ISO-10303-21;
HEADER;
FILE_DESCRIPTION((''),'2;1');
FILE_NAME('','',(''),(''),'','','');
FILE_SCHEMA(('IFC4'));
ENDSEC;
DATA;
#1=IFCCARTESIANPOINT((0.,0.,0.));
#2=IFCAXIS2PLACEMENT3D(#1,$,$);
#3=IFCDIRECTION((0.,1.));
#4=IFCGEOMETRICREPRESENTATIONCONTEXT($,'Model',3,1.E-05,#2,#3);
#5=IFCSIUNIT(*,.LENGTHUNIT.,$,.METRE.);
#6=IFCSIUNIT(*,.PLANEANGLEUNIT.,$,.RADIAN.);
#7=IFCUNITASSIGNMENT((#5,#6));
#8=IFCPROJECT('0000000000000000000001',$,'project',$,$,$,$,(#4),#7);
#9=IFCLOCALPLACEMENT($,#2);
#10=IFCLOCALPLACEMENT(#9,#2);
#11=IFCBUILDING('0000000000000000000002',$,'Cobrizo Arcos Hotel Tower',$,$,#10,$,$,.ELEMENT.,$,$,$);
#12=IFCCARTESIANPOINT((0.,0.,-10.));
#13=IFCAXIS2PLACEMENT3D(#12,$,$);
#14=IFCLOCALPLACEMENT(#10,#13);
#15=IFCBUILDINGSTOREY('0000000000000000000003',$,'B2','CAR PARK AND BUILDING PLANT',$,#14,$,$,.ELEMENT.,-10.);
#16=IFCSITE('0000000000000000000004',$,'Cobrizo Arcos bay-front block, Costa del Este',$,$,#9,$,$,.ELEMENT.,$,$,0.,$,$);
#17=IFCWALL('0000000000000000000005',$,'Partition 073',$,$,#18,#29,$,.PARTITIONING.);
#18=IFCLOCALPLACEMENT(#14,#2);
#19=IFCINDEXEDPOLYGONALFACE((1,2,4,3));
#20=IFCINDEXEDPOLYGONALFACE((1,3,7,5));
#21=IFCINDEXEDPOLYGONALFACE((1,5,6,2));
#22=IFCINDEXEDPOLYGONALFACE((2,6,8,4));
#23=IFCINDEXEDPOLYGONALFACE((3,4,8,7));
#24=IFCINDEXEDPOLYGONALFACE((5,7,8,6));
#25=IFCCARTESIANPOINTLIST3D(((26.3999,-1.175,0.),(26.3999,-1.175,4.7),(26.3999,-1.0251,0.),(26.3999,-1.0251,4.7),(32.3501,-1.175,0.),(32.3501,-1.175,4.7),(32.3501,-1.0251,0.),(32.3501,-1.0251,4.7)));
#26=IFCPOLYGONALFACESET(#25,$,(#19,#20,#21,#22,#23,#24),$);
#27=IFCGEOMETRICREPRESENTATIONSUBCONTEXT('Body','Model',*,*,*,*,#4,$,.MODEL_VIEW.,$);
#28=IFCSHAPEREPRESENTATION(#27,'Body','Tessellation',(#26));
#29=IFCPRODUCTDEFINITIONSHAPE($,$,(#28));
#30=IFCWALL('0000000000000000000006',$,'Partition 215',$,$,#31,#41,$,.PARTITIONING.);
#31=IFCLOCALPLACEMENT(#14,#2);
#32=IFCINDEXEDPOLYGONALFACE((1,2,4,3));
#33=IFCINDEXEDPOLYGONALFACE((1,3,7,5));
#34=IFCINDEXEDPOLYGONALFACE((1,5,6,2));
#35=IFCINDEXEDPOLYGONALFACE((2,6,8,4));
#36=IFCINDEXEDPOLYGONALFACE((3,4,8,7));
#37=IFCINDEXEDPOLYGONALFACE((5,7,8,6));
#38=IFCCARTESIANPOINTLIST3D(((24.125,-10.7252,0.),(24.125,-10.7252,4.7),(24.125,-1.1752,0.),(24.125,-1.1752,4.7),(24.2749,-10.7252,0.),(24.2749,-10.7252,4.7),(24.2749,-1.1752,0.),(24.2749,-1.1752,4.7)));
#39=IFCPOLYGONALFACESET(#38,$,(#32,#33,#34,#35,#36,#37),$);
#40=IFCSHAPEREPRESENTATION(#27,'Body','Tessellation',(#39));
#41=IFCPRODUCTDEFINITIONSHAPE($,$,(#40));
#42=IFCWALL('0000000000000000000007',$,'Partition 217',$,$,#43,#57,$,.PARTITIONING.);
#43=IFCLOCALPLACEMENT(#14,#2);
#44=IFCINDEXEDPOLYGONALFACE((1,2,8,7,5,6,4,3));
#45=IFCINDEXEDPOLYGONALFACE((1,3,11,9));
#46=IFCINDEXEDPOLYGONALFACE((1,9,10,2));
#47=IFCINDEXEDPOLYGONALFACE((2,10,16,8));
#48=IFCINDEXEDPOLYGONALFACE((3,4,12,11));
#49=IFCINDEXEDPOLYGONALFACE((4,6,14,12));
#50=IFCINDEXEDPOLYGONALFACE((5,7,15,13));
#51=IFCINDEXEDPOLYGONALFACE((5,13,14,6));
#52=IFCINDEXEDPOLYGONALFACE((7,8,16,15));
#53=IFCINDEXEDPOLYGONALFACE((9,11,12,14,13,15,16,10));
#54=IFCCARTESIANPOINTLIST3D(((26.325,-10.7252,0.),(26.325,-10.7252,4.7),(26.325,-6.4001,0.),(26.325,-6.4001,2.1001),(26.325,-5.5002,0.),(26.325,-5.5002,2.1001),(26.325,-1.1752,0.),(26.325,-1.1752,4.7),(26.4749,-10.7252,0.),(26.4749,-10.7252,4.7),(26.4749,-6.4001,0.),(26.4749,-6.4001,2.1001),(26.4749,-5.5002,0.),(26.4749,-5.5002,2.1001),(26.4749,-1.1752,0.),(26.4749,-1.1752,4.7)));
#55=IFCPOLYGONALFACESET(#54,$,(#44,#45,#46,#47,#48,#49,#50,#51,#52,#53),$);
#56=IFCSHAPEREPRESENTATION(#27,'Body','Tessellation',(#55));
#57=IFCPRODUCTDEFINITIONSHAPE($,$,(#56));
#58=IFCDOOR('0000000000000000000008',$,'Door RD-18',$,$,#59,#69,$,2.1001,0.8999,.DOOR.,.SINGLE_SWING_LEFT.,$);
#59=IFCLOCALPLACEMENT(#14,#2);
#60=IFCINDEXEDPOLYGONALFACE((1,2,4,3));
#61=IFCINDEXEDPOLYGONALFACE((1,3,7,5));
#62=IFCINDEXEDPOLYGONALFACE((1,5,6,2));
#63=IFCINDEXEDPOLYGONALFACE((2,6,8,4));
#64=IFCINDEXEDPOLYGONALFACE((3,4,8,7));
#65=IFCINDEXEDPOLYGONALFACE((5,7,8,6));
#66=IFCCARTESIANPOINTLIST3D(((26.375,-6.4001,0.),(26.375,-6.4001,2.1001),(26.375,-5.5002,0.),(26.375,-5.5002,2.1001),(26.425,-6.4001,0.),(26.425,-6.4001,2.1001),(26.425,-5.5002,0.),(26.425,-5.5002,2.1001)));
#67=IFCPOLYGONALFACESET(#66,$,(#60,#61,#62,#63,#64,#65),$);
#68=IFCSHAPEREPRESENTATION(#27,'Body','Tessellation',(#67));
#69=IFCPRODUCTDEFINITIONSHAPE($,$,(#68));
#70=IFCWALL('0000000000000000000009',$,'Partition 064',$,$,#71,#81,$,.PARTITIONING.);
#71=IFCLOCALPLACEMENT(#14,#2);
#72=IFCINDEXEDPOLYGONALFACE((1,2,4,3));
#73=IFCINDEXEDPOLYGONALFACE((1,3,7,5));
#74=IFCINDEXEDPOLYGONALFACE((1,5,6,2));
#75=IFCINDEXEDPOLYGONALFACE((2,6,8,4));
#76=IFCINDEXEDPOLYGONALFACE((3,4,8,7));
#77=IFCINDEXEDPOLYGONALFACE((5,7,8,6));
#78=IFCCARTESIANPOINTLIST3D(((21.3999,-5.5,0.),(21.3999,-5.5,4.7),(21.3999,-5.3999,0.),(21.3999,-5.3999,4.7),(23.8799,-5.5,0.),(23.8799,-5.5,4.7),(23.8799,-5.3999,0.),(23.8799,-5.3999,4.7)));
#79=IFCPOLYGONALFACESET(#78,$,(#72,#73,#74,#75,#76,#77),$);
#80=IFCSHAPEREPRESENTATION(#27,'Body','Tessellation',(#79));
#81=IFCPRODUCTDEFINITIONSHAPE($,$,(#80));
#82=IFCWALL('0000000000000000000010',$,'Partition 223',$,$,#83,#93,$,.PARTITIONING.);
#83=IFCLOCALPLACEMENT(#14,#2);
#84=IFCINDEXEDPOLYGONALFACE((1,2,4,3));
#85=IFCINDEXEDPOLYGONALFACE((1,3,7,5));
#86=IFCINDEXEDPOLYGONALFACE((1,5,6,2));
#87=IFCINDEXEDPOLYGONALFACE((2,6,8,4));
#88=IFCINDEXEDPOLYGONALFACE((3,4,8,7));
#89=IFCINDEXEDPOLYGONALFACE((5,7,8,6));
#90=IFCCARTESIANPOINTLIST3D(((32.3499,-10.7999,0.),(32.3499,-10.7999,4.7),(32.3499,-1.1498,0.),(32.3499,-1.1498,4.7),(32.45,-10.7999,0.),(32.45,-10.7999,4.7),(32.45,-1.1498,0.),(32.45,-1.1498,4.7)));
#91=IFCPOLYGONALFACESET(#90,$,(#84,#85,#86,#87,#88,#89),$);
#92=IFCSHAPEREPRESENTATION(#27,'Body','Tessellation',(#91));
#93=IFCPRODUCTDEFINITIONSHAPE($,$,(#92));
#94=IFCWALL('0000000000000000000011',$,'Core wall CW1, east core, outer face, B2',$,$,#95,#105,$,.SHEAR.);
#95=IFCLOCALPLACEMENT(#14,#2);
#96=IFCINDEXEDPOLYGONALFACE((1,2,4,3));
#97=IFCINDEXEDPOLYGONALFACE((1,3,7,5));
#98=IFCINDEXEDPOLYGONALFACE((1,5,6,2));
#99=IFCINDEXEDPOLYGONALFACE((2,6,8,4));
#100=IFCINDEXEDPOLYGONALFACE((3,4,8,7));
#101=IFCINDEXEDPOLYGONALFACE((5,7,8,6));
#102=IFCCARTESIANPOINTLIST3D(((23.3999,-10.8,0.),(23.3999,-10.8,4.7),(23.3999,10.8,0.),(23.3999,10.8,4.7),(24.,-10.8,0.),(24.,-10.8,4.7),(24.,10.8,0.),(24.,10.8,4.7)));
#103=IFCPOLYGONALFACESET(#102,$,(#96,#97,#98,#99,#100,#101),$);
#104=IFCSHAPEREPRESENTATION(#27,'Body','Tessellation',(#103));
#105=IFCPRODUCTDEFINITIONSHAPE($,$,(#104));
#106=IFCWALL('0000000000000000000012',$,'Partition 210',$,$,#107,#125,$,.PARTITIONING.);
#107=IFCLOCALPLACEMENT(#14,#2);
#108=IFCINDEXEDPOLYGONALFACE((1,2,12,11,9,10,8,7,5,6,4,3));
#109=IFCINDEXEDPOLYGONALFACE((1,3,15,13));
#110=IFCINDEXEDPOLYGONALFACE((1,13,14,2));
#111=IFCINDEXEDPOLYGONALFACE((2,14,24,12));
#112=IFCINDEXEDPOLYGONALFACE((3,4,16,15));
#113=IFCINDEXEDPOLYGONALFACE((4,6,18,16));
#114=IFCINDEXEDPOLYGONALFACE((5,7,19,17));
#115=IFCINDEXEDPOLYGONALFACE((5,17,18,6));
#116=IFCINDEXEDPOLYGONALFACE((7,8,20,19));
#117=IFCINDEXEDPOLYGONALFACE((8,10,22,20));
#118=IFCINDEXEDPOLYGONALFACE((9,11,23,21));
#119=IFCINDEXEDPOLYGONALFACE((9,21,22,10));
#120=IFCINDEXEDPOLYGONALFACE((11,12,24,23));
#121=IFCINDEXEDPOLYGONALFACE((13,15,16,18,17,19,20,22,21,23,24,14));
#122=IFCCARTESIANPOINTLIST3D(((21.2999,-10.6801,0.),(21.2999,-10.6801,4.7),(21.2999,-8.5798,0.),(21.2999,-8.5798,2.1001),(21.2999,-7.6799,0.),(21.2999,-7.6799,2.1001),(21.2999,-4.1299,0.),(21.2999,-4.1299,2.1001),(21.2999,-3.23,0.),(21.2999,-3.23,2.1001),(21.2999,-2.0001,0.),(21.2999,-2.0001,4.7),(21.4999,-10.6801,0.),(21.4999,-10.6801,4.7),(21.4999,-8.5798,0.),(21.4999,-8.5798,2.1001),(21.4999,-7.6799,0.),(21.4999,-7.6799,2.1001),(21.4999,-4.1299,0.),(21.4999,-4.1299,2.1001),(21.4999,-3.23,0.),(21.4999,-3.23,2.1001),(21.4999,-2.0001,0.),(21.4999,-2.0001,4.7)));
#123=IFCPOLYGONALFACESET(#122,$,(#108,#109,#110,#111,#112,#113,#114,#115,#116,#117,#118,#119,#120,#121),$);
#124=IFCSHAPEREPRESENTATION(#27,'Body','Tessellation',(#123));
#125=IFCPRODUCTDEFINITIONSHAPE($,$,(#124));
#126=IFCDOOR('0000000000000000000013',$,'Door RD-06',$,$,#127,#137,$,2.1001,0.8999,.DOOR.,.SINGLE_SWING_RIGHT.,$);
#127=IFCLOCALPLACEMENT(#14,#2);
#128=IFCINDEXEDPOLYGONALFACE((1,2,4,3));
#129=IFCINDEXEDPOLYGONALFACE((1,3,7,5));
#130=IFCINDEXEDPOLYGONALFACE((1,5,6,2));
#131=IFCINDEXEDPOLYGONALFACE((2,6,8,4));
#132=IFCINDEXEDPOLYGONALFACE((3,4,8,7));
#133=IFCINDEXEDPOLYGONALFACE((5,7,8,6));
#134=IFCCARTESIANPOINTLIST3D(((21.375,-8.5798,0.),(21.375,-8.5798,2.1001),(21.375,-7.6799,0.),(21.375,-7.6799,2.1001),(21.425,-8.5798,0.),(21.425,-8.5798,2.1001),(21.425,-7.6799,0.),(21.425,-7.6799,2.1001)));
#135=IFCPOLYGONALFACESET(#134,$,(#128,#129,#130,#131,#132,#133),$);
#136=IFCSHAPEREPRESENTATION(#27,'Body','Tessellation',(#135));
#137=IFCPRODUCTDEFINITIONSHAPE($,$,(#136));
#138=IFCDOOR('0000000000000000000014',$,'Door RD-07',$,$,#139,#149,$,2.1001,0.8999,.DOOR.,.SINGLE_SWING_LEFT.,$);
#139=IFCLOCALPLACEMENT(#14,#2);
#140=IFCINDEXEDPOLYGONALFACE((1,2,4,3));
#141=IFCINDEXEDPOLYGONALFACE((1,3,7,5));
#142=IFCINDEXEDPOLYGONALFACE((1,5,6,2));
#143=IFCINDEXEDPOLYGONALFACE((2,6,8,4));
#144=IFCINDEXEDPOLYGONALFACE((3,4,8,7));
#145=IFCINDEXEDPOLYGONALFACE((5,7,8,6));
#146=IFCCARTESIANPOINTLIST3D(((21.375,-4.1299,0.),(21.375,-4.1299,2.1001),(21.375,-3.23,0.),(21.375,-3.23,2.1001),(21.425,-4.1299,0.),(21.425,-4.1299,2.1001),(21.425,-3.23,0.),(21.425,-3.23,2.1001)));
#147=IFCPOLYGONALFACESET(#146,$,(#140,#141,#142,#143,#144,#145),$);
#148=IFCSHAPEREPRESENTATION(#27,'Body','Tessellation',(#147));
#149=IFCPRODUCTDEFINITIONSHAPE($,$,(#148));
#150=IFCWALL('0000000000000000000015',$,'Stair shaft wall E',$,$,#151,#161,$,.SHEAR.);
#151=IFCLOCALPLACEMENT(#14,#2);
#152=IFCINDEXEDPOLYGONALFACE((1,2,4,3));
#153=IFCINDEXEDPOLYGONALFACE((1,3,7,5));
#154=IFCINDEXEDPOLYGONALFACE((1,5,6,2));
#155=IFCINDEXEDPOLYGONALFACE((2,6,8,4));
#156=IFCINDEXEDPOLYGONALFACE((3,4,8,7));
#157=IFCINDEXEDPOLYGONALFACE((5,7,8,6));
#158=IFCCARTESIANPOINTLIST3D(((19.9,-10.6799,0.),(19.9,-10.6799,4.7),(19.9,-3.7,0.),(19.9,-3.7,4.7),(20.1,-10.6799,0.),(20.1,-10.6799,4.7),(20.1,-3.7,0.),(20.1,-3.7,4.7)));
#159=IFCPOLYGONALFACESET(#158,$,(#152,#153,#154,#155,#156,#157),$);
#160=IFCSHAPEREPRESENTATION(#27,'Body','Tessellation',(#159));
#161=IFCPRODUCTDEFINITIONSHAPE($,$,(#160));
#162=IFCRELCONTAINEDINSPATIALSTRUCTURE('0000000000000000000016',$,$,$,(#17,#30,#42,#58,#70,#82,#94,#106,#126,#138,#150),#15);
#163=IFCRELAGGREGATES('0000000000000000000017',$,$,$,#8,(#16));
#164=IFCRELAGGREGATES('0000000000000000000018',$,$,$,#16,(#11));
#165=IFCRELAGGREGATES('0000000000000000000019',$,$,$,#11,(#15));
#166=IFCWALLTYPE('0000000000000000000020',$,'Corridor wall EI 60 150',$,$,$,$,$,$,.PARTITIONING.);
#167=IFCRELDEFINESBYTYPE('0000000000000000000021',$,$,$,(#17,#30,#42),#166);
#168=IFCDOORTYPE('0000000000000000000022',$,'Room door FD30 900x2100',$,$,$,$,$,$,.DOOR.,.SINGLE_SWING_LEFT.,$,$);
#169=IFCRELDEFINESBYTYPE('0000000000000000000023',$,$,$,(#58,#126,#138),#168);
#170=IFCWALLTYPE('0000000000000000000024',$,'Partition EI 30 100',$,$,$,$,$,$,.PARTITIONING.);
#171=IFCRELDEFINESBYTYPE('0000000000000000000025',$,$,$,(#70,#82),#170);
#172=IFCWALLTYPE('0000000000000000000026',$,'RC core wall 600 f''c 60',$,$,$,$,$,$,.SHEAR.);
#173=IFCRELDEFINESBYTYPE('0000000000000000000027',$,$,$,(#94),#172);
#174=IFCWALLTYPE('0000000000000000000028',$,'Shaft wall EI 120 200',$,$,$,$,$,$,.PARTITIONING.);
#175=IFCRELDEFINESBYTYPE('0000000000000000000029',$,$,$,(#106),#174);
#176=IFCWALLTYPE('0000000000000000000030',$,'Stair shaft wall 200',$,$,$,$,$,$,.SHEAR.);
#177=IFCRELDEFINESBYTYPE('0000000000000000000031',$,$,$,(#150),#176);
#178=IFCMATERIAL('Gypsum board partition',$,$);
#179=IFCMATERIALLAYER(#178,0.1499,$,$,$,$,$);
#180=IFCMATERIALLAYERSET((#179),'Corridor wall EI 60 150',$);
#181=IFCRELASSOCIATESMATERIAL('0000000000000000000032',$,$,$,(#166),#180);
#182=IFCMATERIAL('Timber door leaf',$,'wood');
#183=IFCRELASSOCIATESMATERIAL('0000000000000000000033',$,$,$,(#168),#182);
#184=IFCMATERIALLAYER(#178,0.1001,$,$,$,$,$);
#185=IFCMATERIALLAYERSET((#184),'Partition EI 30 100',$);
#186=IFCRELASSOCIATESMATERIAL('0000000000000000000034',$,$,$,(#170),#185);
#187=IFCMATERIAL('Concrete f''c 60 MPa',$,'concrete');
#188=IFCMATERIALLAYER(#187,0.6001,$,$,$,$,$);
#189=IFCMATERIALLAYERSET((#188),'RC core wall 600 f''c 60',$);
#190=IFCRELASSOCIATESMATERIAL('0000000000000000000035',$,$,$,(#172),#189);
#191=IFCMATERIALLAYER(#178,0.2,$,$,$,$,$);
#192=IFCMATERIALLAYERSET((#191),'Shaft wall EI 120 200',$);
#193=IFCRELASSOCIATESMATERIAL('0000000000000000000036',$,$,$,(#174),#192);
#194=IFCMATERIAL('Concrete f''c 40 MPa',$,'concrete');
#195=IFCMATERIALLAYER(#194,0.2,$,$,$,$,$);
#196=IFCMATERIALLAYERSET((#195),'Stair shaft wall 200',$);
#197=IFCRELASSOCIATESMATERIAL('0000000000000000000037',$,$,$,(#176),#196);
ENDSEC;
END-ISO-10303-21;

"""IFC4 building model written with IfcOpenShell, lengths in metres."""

from ifc_helpers import new_model, si_unit, direction, frame, frame_2d, origin, place, context, subcontext, project, spatial, rectangle, extrude, material, layer, layer_set, type_object, element, fill, save


model = new_model("IFC4")

# Units and contexts
model_context = context("Model", 3, precision=1e-05, world=origin(), true_north=direction((0.0, 1.0)))
body_context = subcontext(model_context, "Body", "Model", "MODEL_VIEW")
ifc_project = project(units=[si_unit("LENGTHUNIT", "METRE"), si_unit("PLANEANGLEUNIT", "RADIAN")], contexts=[model_context])

# Site, building, storey
site_placement = place(None, origin())
site = spatial("IfcSite", under=ifc_project, at=site_placement, Name="Cobrizo Arcos bay-front block, Costa del Este", CompositionType="ELEMENT", RefElevation=0.0)
building_placement = place(site_placement, origin())
building = spatial("IfcBuilding", under=site, at=building_placement, Name="Cobrizo Arcos Hotel Tower", CompositionType="ELEMENT")
storey_placement = place(building_placement, frame((0.0, 0.0, -10.0)))
storey = spatial("IfcBuildingStorey", under=building, at=storey_placement, Name="B2", Description="CAR PARK AND BUILDING PLANT", CompositionType="ELEMENT", Elevation=-10.0)

# Shared definitions
ifc_material_1 = material(Name="Concrete f'c 40 MPa", Category="concrete")

# Walls
ifc_material_2 = material(Name="Gypsum board partition")
ifc_layer_1 = layer(ifc_material_2, 0.1499)
ifc_layer_set_1 = layer_set([ifc_layer_1], Name="Corridor wall EI 60 150")
wall_type_1 = type_object("IfcWallType", Name="Corridor wall EI 60 150", PredefinedType="PARTITIONING", material=ifc_layer_set_1)
for number, where, z_axis, x_axis, name in (
    (1, (26.3999, -1.1001, 0.0), (0.0, 0.0, 1.0), (1.0, 0.0, 0.0), "Partition 073"),
):
    element("IfcWall", number, at=place(storey_placement, frame(where, z_axis=z_axis, x_axis=x_axis)), inside=storey, type_object=wall_type_1, Name=name, PredefinedType="PARTITIONING", context=body_context, shape_type="SweptSolid", body=[
        extrude(rectangle(XDim=5.9502, YDim=0.1499, at=frame_2d((2.9751, 0.0))), origin(), (0.0, 0.0, 1.0), 4.7),
    ])
wall_1_placement = place(storey_placement, frame((24.2, -10.7251, 0.0), z_axis=(0.0, 0.0, 1.0), x_axis=(0.0, 1.0, 0.0)))
element("IfcWall", 2, at=wall_1_placement, inside=storey, type_object=wall_type_1, Name="Partition 215", PredefinedType="PARTITIONING", context=body_context, shape_type="SweptSolid", body=[
    extrude(rectangle(XDim=9.55, YDim=0.1499, at=frame_2d((4.7749, 0.0))), origin(), (0.0, 0.0, 1.0), 4.7),
])

# Wall, opening, door
wall_2_placement = place(storey_placement, frame((26.3999, -10.7251, 0.0), z_axis=(0.0, 0.0, 1.0), x_axis=(0.0, 1.0, 0.0)))
wall_2 = element("IfcWall", 3, at=wall_2_placement, inside=storey, type_object=wall_type_1, Name="Partition 217", PredefinedType="PARTITIONING", context=body_context, shape_type="SweptSolid", body=[
    extrude(rectangle(XDim=9.55, YDim=0.1499, at=frame_2d((4.7749, 0.0))), origin(), (0.0, 0.0, 1.0), 4.7),
])
opening_1_placement = place(wall_2_placement, frame((4.325, 0.0, 0.0)))
opening_1 = element("IfcOpeningElement", 4, at=opening_1_placement, cuts=wall_2, PredefinedType="OPENING", context=body_context, shape_type="SweptSolid", body=[
    extrude(rectangle(XDim=0.8999, YDim=2.1001, at=frame_2d((0.45, 1.05))), frame((0.0, 0.0869, 0.0), z_axis=(0.0, -1.0, 0.0), x_axis=(1.0, 0.0, 0.0)), (0.0, 0.0, 1.0), 0.1738),
])
ifc_material_3 = material(Name="Timber door leaf", Category="wood")
door_type = type_object("IfcDoorType", Name="Room door FD30 900x2100", OperationType="SINGLE_SWING_LEFT", PredefinedType="DOOR", material=ifc_material_3)
door_1_placement = place(opening_1_placement, origin())
door_1 = element("IfcDoor", 5, at=door_1_placement, inside=storey, type_object=door_type, Name="Door RD-18", OperationType="SINGLE_SWING_LEFT", OverallHeight=2.1001, OverallWidth=0.8999, PredefinedType="DOOR", context=body_context, shape_type="SweptSolid", body=[
    extrude(rectangle(XDim=0.8999, YDim=2.1001, at=frame_2d((0.45, 1.05))), frame((0.0, 0.0249, 0.0), z_axis=(0.0, -1.0, 0.0), x_axis=(1.0, 0.0, 0.0)), (0.0, 0.0, 1.0), 0.05),
])
fill(opening_1, door_1)

# Walls
ifc_layer_2 = layer(ifc_material_2, 0.1001)
ifc_layer_set_2 = layer_set([ifc_layer_2], Name="Partition EI 30 100")
wall_type_2 = type_object("IfcWallType", Name="Partition EI 30 100", PredefinedType="PARTITIONING", material=ifc_layer_set_2)
wall_3_placement = place(storey_placement, frame((21.3999, -5.45, 0.0), z_axis=(0.0, 0.0, 1.0), x_axis=(1.0, 0.0, 0.0)))
element("IfcWall", 6, at=wall_3_placement, inside=storey, type_object=wall_type_2, Name="Partition 064", PredefinedType="PARTITIONING", context=body_context, shape_type="SweptSolid", body=[
    extrude(rectangle(XDim=2.48, YDim=0.1001, at=frame_2d((1.24, 0.0))), origin(), (0.0, 0.0, 1.0), 4.7),
])
wall_4_placement = place(storey_placement, frame((32.3999, -10.8, 0.0), z_axis=(0.0, 0.0, 1.0), x_axis=(0.0, 1.0, 0.0)))
element("IfcWall", 7, at=wall_4_placement, inside=storey, type_object=wall_type_2, Name="Partition 223", PredefinedType="PARTITIONING", context=body_context, shape_type="SweptSolid", body=[
    extrude(rectangle(XDim=9.6501, YDim=0.1001, at=frame_2d((4.8252, 0.0))), origin(), (0.0, 0.0, 1.0), 4.7),
])
ifc_material_4 = material(Name="Concrete f'c 60 MPa", Category="concrete")
ifc_layer_3 = layer(ifc_material_4, 0.6001)
ifc_layer_set_3 = layer_set([ifc_layer_3], Name="RC core wall 600 f'c 60")
wall_type_3 = type_object("IfcWallType", Name="RC core wall 600 f'c 60", PredefinedType="SHEAR", material=ifc_layer_set_3)
wall_5_placement = place(storey_placement, frame((23.7, -10.8, 0.0), z_axis=(0.0, 0.0, 1.0), x_axis=(0.0, 1.0, 0.0)))
element("IfcWall", 8, at=wall_5_placement, inside=storey, type_object=wall_type_3, Name="Core wall CW1, east core, outer face, B2", PredefinedType="SHEAR", context=body_context, shape_type="SweptSolid", body=[
    extrude(rectangle(XDim=21.6001, YDim=0.6001, at=frame_2d((10.8, 0.0))), origin(), (0.0, 0.0, 1.0), 4.7),
])

# Wall, openings, doors
ifc_layer_4 = layer(ifc_material_2, 0.2)
ifc_layer_set_4 = layer_set([ifc_layer_4], Name="Shaft wall EI 120 200")
wall_type_4 = type_object("IfcWallType", Name="Shaft wall EI 120 200", PredefinedType="PARTITIONING", material=ifc_layer_set_4)
wall_6_placement = place(storey_placement, frame((21.3999, -10.6799, 0.0), z_axis=(0.0, 0.0, 1.0), x_axis=(0.0, 1.0, 0.0)))
wall_6 = element("IfcWall", 9, at=wall_6_placement, inside=storey, type_object=wall_type_4, Name="Partition 210", PredefinedType="PARTITIONING", context=body_context, shape_type="SweptSolid", body=[
    extrude(rectangle(XDim=8.6799, YDim=0.2, at=frame_2d((4.3398, 0.0))), origin(), (0.0, 0.0, 1.0), 4.7),
])
opening_2_placement = place(wall_6_placement, frame((2.1001, 0.0, 0.0)))
opening_2 = element("IfcOpeningElement", 10, at=opening_2_placement, cuts=wall_6, PredefinedType="OPENING", context=body_context, shape_type="SweptSolid", body=[
    extrude(rectangle(XDim=0.8999, YDim=2.1001, at=frame_2d((0.45, 1.05))), frame((0.0, 0.1121, 0.0), z_axis=(0.0, -1.0, 0.0), x_axis=(1.0, 0.0, 0.0)), (0.0, 0.0, 1.0), 0.2239),
])
opening_3_placement = place(wall_6_placement, frame((6.55, 0.0, 0.0)))
opening_3 = element("IfcOpeningElement", 11, at=opening_3_placement, cuts=wall_6, PredefinedType="OPENING", context=body_context, shape_type="SweptSolid", body=[
    extrude(rectangle(XDim=0.8999, YDim=2.1001, at=frame_2d((0.45, 1.05))), frame((0.0, 0.1121, 0.0), z_axis=(0.0, -1.0, 0.0), x_axis=(1.0, 0.0, 0.0)), (0.0, 0.0, 1.0), 0.2239),
])
door_2_placement = place(opening_2_placement, origin())
door_2 = element("IfcDoor", 12, at=door_2_placement, inside=storey, type_object=door_type, Name="Door RD-06", OperationType="SINGLE_SWING_RIGHT", OverallHeight=2.1001, OverallWidth=0.8999, PredefinedType="DOOR", context=body_context, shape_type="SweptSolid", body=[
    extrude(rectangle(XDim=0.8999, YDim=2.1001, at=frame_2d((0.45, 1.05))), frame((0.0, 0.0249, 0.0), z_axis=(0.0, -1.0, 0.0), x_axis=(1.0, 0.0, 0.0)), (0.0, 0.0, 1.0), 0.05),
])
fill(opening_2, door_2)
door_3_placement = place(opening_3_placement, origin())
door_3 = element("IfcDoor", 13, at=door_3_placement, inside=storey, type_object=door_type, Name="Door RD-07", OperationType="SINGLE_SWING_LEFT", OverallHeight=2.1001, OverallWidth=0.8999, PredefinedType="DOOR", context=body_context, shape_type="SweptSolid", body=[
    extrude(rectangle(XDim=0.8999, YDim=2.1001, at=frame_2d((0.45, 1.05))), frame((0.0, 0.0249, 0.0), z_axis=(0.0, -1.0, 0.0), x_axis=(1.0, 0.0, 0.0)), (0.0, 0.0, 1.0), 0.05),
])
fill(opening_3, door_3)

# Wall
ifc_layer_5 = layer(ifc_material_1, 0.2)
ifc_layer_set_5 = layer_set([ifc_layer_5], Name="Stair shaft wall 200")
wall_type_5 = type_object("IfcWallType", Name="Stair shaft wall 200", PredefinedType="SHEAR", material=ifc_layer_set_5)
wall_7_placement = place(storey_placement, frame((20.0, -10.6799, 0.0), z_axis=(0.0, 0.0, 1.0), x_axis=(0.0, 1.0, 0.0)))
element("IfcWall", 14, at=wall_7_placement, inside=storey, type_object=wall_type_5, Name="Stair shaft wall E", PredefinedType="SHEAR", context=body_context, shape_type="SweptSolid", body=[
    extrude(rectangle(XDim=6.98, YDim=0.2, at=frame_2d((3.49, 0.0))), origin(), (0.0, 0.0, 1.0), 4.7),
])

save(model, "model.ifc")
